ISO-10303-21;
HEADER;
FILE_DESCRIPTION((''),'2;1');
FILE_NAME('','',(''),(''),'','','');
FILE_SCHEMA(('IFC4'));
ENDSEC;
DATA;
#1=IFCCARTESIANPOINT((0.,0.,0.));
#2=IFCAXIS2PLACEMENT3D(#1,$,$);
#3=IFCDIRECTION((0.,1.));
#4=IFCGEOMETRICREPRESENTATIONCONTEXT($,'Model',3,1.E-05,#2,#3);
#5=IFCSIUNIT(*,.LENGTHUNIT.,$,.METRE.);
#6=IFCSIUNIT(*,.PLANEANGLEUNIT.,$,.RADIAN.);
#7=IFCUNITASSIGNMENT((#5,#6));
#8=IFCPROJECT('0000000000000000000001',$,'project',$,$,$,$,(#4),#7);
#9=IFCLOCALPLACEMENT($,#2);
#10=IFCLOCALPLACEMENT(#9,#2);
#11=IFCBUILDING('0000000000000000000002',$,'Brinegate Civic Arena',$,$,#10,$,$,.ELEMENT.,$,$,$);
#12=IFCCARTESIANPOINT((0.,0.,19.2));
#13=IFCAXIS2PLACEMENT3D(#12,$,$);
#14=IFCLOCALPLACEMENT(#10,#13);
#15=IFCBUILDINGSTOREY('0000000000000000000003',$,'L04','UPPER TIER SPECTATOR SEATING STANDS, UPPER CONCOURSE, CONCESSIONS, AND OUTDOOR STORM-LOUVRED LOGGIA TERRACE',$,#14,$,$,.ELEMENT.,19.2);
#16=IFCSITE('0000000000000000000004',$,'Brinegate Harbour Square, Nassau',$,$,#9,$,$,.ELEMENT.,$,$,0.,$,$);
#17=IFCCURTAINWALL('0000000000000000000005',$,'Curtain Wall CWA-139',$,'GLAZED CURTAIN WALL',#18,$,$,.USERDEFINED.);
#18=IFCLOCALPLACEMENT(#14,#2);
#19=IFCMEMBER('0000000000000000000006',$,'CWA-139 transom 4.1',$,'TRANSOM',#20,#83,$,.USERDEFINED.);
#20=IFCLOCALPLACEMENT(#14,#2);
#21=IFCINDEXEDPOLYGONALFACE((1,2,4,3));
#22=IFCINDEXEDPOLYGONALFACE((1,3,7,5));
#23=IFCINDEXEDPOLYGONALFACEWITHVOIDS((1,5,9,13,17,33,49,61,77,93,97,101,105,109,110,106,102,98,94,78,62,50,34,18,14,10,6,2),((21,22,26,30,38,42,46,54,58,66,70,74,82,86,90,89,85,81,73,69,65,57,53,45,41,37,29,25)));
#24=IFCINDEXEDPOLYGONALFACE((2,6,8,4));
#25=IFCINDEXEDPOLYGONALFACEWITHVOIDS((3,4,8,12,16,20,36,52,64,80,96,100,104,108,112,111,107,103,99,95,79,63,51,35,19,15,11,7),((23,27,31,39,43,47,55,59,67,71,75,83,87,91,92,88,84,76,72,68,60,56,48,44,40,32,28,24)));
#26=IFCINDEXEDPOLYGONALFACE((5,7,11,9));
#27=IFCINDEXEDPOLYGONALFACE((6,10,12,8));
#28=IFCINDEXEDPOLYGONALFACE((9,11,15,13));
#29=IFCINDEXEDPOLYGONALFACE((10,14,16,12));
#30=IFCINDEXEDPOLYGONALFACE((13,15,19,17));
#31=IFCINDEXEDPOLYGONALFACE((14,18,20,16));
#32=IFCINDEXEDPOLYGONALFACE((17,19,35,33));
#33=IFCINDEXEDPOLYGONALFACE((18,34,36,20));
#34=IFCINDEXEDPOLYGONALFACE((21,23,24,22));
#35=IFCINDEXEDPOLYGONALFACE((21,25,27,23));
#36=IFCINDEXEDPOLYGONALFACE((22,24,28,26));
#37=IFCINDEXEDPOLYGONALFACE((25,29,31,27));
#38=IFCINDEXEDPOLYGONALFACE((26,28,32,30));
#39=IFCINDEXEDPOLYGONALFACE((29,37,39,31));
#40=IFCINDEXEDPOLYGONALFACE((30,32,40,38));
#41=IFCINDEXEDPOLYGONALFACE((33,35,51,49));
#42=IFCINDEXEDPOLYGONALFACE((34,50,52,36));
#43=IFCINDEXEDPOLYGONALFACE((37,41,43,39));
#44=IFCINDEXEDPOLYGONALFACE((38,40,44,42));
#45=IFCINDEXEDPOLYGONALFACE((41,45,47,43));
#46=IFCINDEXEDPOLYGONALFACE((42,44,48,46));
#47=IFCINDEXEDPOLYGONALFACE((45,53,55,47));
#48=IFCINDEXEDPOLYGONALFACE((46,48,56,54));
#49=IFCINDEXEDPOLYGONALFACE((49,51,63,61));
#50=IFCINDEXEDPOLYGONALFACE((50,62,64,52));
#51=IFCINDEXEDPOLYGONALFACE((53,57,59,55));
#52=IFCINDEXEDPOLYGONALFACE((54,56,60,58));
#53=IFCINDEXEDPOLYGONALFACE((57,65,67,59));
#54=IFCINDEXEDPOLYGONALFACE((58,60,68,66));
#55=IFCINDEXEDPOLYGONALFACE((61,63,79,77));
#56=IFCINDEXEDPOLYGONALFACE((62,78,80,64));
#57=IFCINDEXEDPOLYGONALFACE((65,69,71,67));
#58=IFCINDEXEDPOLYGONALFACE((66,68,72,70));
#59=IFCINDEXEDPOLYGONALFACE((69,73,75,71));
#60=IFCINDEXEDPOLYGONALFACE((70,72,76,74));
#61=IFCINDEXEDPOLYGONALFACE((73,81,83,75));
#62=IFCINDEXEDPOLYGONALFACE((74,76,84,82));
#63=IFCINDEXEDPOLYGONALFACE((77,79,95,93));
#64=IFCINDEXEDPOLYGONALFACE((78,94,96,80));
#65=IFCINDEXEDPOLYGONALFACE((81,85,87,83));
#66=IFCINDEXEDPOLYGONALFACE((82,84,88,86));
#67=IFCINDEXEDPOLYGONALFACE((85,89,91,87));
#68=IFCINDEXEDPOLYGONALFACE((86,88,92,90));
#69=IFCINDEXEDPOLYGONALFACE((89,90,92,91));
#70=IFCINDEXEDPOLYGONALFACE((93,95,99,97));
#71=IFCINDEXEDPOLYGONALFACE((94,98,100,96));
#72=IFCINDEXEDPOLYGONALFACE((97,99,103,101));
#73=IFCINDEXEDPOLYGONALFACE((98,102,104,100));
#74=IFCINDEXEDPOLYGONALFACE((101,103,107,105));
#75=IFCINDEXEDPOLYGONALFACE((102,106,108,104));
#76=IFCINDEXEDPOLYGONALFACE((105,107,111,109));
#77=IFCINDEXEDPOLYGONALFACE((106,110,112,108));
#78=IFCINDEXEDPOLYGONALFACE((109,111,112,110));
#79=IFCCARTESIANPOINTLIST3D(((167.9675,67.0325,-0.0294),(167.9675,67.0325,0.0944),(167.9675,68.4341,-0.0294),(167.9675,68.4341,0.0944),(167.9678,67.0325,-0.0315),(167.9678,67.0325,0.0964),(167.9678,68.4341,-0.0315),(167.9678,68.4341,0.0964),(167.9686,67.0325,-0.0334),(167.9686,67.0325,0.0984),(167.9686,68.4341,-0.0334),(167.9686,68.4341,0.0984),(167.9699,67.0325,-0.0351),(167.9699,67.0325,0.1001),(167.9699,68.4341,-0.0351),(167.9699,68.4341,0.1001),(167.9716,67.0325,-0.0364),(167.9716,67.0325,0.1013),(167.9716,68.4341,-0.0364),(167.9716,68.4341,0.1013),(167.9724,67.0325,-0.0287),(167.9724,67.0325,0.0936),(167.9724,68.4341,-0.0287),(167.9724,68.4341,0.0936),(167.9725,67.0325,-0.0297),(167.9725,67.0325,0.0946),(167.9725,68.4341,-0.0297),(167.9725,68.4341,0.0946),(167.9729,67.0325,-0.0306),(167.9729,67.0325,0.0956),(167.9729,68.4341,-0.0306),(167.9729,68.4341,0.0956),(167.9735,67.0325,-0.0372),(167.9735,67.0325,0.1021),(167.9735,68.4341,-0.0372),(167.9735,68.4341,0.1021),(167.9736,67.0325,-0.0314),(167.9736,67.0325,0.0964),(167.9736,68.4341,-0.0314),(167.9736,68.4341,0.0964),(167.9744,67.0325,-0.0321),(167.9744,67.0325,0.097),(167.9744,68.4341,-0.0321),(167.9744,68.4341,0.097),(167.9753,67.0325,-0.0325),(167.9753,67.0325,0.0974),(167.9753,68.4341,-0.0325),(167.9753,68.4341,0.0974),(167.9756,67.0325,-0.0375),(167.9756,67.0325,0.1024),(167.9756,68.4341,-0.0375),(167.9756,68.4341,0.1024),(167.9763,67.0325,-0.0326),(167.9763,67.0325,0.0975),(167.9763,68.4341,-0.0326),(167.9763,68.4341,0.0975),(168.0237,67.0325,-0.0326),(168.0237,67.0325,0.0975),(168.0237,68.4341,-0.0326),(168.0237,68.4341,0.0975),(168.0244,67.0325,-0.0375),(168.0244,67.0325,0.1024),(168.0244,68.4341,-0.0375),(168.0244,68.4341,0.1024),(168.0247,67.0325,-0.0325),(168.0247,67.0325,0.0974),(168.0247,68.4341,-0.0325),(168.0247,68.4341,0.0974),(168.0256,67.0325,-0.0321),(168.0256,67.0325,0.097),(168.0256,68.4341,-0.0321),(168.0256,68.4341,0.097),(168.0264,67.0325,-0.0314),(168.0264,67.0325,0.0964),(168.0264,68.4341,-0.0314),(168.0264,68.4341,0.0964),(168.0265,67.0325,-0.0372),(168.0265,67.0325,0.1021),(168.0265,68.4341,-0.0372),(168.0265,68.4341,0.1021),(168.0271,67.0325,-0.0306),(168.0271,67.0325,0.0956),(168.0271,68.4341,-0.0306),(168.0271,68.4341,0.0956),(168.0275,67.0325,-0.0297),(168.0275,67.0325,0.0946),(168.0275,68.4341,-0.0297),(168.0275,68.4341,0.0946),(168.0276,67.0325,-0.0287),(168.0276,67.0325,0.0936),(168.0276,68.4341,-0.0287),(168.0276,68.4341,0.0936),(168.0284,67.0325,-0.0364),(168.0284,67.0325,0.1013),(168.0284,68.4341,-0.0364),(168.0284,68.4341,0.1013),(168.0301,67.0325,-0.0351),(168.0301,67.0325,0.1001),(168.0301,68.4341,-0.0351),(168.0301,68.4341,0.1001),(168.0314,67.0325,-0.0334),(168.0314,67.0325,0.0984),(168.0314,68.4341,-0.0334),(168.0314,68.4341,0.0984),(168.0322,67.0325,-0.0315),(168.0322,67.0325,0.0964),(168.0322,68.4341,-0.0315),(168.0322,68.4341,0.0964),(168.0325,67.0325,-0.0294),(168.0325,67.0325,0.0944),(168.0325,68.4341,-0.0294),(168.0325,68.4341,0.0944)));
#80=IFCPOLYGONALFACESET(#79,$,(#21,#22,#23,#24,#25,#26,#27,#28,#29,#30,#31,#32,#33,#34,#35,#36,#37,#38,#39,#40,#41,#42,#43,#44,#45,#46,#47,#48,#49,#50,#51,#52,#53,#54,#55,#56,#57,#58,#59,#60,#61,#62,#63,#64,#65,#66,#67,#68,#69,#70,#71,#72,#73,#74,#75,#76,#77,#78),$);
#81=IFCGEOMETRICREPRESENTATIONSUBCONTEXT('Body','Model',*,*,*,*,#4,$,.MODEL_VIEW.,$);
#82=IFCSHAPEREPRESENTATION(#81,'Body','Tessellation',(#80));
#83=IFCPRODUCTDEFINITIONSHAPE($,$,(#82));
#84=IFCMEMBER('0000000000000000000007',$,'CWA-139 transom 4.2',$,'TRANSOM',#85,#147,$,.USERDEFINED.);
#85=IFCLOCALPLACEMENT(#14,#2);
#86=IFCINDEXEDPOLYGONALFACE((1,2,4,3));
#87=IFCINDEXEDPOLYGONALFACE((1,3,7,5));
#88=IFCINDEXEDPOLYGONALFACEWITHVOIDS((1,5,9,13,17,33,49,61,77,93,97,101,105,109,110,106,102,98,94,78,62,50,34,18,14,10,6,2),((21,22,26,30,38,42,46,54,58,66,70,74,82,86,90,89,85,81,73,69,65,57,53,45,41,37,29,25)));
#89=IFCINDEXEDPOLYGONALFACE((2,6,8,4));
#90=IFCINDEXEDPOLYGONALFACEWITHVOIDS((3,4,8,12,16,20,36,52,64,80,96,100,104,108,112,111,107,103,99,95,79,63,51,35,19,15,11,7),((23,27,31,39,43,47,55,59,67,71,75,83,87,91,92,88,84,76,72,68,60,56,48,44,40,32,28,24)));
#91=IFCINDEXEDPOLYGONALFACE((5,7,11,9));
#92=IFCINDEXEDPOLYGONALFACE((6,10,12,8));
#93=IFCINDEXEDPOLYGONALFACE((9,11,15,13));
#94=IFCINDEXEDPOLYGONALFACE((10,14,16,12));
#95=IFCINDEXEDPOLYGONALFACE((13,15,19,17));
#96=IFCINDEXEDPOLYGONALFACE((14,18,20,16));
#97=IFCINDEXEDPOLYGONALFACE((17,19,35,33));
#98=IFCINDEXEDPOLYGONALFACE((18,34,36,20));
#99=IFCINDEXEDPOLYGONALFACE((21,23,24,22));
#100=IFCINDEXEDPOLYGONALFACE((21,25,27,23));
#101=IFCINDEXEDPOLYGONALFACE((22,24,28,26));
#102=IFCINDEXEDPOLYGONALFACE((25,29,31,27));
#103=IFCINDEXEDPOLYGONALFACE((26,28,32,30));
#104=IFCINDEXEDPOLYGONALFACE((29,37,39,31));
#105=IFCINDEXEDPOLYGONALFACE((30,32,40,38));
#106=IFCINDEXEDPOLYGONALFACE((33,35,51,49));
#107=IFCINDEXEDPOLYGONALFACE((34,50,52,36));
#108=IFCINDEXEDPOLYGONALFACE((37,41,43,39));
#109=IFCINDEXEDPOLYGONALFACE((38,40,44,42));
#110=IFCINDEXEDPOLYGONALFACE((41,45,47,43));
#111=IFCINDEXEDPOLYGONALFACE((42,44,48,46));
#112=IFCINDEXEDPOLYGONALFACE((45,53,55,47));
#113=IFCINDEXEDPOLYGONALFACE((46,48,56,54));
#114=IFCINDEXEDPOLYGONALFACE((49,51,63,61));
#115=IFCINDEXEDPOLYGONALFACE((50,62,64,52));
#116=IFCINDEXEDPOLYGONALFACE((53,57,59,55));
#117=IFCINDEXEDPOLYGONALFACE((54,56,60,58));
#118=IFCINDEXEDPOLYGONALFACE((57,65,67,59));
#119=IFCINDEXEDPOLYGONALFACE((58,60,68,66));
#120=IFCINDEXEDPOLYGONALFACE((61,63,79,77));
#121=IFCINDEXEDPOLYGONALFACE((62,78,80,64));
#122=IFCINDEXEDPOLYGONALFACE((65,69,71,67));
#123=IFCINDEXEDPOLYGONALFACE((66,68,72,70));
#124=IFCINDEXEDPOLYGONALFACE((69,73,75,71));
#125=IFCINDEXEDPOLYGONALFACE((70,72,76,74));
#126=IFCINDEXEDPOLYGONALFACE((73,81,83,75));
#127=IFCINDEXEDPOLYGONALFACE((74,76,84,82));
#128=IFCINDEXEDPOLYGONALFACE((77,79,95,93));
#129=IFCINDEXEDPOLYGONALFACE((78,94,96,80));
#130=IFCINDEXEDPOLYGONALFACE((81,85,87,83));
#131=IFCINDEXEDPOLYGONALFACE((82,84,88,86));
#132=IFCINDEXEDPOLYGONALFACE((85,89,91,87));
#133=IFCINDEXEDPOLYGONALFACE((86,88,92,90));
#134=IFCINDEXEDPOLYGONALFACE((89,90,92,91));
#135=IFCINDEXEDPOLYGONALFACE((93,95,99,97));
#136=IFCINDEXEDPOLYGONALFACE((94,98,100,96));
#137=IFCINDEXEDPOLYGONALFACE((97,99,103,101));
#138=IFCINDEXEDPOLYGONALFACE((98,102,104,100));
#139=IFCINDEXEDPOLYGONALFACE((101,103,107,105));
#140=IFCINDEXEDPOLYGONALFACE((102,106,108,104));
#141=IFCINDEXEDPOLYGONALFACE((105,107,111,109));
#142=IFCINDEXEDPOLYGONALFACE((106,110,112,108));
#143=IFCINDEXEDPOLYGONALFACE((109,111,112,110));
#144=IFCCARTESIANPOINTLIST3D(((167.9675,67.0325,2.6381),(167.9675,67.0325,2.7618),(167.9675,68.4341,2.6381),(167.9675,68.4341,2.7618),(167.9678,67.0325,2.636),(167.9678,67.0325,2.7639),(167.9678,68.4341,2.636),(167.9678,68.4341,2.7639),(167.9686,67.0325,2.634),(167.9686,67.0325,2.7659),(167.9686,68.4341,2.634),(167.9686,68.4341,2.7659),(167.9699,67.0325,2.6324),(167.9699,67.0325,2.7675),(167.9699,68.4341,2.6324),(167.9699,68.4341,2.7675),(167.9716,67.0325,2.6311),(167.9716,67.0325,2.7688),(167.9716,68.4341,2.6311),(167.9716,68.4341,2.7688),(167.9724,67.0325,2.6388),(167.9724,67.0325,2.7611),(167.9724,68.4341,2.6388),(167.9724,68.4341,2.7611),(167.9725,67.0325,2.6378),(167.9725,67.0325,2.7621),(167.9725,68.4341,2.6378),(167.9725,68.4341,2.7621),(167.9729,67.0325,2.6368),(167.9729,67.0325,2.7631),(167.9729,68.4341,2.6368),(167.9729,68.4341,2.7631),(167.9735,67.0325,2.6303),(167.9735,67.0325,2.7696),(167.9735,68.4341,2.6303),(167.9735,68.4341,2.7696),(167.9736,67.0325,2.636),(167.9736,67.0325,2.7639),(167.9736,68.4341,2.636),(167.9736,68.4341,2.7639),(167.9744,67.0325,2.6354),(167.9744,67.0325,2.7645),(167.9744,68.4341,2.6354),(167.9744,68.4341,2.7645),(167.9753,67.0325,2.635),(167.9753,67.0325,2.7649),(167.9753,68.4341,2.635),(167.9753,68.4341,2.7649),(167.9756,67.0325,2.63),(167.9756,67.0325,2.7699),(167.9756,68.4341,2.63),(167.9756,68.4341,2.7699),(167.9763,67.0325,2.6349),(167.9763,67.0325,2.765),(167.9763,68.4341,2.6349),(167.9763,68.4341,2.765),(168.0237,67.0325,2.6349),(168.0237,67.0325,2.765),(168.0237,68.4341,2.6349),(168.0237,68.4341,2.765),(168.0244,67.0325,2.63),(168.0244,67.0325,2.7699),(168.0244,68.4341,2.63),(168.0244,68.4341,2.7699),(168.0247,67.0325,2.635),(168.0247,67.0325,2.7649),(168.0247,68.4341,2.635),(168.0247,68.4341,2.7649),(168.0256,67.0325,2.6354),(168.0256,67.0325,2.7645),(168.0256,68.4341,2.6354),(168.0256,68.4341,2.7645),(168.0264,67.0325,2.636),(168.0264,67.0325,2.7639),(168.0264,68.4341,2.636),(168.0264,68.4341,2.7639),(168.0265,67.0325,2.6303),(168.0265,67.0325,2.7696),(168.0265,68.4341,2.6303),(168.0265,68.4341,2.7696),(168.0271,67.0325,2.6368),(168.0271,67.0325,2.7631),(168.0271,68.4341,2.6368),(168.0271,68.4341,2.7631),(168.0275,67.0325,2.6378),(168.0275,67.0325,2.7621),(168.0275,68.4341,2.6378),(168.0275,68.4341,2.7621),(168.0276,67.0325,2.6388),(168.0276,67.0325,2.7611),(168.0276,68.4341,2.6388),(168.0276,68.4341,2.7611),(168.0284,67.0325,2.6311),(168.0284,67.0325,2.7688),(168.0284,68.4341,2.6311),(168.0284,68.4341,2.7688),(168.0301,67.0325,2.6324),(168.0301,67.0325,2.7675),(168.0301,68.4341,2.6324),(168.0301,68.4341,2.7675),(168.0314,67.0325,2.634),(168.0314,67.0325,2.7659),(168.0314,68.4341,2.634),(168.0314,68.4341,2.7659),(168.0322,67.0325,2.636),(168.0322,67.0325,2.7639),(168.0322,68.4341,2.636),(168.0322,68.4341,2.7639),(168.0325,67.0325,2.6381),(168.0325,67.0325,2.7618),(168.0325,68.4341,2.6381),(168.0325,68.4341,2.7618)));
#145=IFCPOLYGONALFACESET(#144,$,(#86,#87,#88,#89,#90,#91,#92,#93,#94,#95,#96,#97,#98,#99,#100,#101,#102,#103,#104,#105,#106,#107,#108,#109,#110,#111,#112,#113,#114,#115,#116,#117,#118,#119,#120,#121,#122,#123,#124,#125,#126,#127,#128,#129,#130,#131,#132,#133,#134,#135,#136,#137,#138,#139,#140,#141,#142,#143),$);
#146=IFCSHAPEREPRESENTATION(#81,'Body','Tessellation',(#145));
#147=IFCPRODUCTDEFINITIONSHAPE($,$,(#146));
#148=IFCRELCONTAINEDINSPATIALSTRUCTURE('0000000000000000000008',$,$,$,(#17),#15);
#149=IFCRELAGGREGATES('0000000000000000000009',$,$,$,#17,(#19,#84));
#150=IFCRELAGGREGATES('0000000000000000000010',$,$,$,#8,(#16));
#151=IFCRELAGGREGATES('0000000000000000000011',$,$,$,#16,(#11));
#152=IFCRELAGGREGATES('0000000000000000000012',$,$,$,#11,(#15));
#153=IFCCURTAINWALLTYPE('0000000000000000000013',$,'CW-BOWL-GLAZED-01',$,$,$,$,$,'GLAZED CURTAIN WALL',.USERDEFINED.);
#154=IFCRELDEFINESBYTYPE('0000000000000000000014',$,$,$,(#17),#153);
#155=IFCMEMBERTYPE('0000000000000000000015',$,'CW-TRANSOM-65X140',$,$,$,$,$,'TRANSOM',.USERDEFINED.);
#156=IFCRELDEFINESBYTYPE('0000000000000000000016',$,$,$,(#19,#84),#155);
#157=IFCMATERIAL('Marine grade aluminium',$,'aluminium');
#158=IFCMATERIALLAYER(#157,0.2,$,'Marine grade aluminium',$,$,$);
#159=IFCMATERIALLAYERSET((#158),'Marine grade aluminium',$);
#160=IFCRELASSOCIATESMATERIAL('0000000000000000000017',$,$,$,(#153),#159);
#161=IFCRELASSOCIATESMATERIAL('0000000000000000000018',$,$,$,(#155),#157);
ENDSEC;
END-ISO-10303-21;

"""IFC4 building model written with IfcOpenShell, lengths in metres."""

from ifc_helpers import new_model, si_unit, direction, frame, origin, origin_2d, place, context, subcontext, project, spatial, hollow_rectangle, extrude, material, layer, layer_set, material_profile, profile_set, type_object, element, aggregate, save


model = new_model("IFC4")

# Units and contexts
model_context = context("Model", 3, precision=1e-05, world=origin(), true_north=direction((0.0, 1.0)))
body_context = subcontext(model_context, "Body", "Model", "MODEL_VIEW")
ifc_project = project(units=[si_unit("LENGTHUNIT", "METRE"), si_unit("PLANEANGLEUNIT", "RADIAN")], contexts=[model_context])

# Site, building, storey
site_placement = place(None, origin())
site = spatial("IfcSite", under=ifc_project, at=site_placement, Name="Brinegate Harbour Square, Nassau", CompositionType="ELEMENT", RefElevation=0.0)
building_placement = place(site_placement, origin())
building = spatial("IfcBuilding", under=site, at=building_placement, Name="Brinegate Civic Arena", CompositionType="ELEMENT")
storey_placement = place(building_placement, frame((0.0, 0.0, 19.2)))
storey = spatial("IfcBuildingStorey", under=building, at=storey_placement, Name="L04", Description="UPPER TIER SPECTATOR SEATING STANDS, UPPER CONCOURSE, CONCESSIONS, AND OUTDOOR STORM-LOUVRED LOGGIA TERRACE", CompositionType="ELEMENT", Elevation=19.2)

# Curtain wall, members
ifc_material_1 = material(Name="Marine grade aluminium", Category="aluminium")
ifc_layer_1 = layer(ifc_material_1, 0.2, Name="Marine grade aluminium")
ifc_layer_set_1 = layer_set([ifc_layer_1], Name="Marine grade aluminium")
curtain_wall_type = type_object("IfcCurtainWallType", Name="CW-BOWL-GLAZED-01", ElementType="GLAZED CURTAIN WALL", PredefinedType="USERDEFINED", material=ifc_layer_set_1)
curtain_wall_placement = place(storey_placement, origin())
curtain_wall = element("IfcCurtainWall", 1, at=curtain_wall_placement, inside=storey, type_object=curtain_wall_type, Name="Curtain Wall CWA-139", ObjectType="GLAZED CURTAIN WALL", PredefinedType="USERDEFINED")
ifc_material_profile_1 = material_profile(ifc_material_1, hollow_rectangle(XDim=0.0649, YDim=0.1399, WallThickness=0.0049, InnerFilletRadius=0.0039, OuterFilletRadius=0.0081, at=origin_2d()), Name="TRN65X140")
ifc_profile_set_1 = profile_set([ifc_material_profile_1], Name="Marine grade aluminium")
member_type_1 = type_object("IfcMemberType", Name="CW-TRANSOM-65X140", ElementType="TRANSOM", PredefinedType="USERDEFINED", material=ifc_profile_set_1)
member_1_placement = place(storey_placement, frame((168.0, 67.0325, 0.0325), z_axis=(0.0, 1.0, 0.0), x_axis=(-1.0, 0.0, 0.0)))
member_1 = element("IfcMember", 2, at=member_1_placement, type_object=member_type_1, Name="CWA-139 transom 4.1", ObjectType="TRANSOM", PredefinedType="USERDEFINED", context=body_context, shape_type="SweptSolid", body=[
    extrude(hollow_rectangle(XDim=0.0649, YDim=0.1399, WallThickness=0.0049, InnerFilletRadius=0.0039, OuterFilletRadius=0.0081, at=origin_2d()), origin(), (0.0, 0.0, 1.0), 1.4016),
])
member_2_placement = place(storey_placement, frame((168.0, 67.0325, 2.7), z_axis=(0.0, 1.0, 0.0), x_axis=(-1.0, 0.0, 0.0)))
member_2 = element("IfcMember", 3, at=member_2_placement, type_object=member_type_1, Name="CWA-139 transom 4.2", ObjectType="TRANSOM", PredefinedType="USERDEFINED", context=body_context, shape_type="SweptSolid", body=[
    extrude(hollow_rectangle(XDim=0.0649, YDim=0.1399, WallThickness=0.0049, InnerFilletRadius=0.0039, OuterFilletRadius=0.0081, at=origin_2d()), origin(), (0.0, 0.0, 1.0), 1.4016),
])
aggregate(curtain_wall, [member_1, member_2])

save(model, "model.ifc")
